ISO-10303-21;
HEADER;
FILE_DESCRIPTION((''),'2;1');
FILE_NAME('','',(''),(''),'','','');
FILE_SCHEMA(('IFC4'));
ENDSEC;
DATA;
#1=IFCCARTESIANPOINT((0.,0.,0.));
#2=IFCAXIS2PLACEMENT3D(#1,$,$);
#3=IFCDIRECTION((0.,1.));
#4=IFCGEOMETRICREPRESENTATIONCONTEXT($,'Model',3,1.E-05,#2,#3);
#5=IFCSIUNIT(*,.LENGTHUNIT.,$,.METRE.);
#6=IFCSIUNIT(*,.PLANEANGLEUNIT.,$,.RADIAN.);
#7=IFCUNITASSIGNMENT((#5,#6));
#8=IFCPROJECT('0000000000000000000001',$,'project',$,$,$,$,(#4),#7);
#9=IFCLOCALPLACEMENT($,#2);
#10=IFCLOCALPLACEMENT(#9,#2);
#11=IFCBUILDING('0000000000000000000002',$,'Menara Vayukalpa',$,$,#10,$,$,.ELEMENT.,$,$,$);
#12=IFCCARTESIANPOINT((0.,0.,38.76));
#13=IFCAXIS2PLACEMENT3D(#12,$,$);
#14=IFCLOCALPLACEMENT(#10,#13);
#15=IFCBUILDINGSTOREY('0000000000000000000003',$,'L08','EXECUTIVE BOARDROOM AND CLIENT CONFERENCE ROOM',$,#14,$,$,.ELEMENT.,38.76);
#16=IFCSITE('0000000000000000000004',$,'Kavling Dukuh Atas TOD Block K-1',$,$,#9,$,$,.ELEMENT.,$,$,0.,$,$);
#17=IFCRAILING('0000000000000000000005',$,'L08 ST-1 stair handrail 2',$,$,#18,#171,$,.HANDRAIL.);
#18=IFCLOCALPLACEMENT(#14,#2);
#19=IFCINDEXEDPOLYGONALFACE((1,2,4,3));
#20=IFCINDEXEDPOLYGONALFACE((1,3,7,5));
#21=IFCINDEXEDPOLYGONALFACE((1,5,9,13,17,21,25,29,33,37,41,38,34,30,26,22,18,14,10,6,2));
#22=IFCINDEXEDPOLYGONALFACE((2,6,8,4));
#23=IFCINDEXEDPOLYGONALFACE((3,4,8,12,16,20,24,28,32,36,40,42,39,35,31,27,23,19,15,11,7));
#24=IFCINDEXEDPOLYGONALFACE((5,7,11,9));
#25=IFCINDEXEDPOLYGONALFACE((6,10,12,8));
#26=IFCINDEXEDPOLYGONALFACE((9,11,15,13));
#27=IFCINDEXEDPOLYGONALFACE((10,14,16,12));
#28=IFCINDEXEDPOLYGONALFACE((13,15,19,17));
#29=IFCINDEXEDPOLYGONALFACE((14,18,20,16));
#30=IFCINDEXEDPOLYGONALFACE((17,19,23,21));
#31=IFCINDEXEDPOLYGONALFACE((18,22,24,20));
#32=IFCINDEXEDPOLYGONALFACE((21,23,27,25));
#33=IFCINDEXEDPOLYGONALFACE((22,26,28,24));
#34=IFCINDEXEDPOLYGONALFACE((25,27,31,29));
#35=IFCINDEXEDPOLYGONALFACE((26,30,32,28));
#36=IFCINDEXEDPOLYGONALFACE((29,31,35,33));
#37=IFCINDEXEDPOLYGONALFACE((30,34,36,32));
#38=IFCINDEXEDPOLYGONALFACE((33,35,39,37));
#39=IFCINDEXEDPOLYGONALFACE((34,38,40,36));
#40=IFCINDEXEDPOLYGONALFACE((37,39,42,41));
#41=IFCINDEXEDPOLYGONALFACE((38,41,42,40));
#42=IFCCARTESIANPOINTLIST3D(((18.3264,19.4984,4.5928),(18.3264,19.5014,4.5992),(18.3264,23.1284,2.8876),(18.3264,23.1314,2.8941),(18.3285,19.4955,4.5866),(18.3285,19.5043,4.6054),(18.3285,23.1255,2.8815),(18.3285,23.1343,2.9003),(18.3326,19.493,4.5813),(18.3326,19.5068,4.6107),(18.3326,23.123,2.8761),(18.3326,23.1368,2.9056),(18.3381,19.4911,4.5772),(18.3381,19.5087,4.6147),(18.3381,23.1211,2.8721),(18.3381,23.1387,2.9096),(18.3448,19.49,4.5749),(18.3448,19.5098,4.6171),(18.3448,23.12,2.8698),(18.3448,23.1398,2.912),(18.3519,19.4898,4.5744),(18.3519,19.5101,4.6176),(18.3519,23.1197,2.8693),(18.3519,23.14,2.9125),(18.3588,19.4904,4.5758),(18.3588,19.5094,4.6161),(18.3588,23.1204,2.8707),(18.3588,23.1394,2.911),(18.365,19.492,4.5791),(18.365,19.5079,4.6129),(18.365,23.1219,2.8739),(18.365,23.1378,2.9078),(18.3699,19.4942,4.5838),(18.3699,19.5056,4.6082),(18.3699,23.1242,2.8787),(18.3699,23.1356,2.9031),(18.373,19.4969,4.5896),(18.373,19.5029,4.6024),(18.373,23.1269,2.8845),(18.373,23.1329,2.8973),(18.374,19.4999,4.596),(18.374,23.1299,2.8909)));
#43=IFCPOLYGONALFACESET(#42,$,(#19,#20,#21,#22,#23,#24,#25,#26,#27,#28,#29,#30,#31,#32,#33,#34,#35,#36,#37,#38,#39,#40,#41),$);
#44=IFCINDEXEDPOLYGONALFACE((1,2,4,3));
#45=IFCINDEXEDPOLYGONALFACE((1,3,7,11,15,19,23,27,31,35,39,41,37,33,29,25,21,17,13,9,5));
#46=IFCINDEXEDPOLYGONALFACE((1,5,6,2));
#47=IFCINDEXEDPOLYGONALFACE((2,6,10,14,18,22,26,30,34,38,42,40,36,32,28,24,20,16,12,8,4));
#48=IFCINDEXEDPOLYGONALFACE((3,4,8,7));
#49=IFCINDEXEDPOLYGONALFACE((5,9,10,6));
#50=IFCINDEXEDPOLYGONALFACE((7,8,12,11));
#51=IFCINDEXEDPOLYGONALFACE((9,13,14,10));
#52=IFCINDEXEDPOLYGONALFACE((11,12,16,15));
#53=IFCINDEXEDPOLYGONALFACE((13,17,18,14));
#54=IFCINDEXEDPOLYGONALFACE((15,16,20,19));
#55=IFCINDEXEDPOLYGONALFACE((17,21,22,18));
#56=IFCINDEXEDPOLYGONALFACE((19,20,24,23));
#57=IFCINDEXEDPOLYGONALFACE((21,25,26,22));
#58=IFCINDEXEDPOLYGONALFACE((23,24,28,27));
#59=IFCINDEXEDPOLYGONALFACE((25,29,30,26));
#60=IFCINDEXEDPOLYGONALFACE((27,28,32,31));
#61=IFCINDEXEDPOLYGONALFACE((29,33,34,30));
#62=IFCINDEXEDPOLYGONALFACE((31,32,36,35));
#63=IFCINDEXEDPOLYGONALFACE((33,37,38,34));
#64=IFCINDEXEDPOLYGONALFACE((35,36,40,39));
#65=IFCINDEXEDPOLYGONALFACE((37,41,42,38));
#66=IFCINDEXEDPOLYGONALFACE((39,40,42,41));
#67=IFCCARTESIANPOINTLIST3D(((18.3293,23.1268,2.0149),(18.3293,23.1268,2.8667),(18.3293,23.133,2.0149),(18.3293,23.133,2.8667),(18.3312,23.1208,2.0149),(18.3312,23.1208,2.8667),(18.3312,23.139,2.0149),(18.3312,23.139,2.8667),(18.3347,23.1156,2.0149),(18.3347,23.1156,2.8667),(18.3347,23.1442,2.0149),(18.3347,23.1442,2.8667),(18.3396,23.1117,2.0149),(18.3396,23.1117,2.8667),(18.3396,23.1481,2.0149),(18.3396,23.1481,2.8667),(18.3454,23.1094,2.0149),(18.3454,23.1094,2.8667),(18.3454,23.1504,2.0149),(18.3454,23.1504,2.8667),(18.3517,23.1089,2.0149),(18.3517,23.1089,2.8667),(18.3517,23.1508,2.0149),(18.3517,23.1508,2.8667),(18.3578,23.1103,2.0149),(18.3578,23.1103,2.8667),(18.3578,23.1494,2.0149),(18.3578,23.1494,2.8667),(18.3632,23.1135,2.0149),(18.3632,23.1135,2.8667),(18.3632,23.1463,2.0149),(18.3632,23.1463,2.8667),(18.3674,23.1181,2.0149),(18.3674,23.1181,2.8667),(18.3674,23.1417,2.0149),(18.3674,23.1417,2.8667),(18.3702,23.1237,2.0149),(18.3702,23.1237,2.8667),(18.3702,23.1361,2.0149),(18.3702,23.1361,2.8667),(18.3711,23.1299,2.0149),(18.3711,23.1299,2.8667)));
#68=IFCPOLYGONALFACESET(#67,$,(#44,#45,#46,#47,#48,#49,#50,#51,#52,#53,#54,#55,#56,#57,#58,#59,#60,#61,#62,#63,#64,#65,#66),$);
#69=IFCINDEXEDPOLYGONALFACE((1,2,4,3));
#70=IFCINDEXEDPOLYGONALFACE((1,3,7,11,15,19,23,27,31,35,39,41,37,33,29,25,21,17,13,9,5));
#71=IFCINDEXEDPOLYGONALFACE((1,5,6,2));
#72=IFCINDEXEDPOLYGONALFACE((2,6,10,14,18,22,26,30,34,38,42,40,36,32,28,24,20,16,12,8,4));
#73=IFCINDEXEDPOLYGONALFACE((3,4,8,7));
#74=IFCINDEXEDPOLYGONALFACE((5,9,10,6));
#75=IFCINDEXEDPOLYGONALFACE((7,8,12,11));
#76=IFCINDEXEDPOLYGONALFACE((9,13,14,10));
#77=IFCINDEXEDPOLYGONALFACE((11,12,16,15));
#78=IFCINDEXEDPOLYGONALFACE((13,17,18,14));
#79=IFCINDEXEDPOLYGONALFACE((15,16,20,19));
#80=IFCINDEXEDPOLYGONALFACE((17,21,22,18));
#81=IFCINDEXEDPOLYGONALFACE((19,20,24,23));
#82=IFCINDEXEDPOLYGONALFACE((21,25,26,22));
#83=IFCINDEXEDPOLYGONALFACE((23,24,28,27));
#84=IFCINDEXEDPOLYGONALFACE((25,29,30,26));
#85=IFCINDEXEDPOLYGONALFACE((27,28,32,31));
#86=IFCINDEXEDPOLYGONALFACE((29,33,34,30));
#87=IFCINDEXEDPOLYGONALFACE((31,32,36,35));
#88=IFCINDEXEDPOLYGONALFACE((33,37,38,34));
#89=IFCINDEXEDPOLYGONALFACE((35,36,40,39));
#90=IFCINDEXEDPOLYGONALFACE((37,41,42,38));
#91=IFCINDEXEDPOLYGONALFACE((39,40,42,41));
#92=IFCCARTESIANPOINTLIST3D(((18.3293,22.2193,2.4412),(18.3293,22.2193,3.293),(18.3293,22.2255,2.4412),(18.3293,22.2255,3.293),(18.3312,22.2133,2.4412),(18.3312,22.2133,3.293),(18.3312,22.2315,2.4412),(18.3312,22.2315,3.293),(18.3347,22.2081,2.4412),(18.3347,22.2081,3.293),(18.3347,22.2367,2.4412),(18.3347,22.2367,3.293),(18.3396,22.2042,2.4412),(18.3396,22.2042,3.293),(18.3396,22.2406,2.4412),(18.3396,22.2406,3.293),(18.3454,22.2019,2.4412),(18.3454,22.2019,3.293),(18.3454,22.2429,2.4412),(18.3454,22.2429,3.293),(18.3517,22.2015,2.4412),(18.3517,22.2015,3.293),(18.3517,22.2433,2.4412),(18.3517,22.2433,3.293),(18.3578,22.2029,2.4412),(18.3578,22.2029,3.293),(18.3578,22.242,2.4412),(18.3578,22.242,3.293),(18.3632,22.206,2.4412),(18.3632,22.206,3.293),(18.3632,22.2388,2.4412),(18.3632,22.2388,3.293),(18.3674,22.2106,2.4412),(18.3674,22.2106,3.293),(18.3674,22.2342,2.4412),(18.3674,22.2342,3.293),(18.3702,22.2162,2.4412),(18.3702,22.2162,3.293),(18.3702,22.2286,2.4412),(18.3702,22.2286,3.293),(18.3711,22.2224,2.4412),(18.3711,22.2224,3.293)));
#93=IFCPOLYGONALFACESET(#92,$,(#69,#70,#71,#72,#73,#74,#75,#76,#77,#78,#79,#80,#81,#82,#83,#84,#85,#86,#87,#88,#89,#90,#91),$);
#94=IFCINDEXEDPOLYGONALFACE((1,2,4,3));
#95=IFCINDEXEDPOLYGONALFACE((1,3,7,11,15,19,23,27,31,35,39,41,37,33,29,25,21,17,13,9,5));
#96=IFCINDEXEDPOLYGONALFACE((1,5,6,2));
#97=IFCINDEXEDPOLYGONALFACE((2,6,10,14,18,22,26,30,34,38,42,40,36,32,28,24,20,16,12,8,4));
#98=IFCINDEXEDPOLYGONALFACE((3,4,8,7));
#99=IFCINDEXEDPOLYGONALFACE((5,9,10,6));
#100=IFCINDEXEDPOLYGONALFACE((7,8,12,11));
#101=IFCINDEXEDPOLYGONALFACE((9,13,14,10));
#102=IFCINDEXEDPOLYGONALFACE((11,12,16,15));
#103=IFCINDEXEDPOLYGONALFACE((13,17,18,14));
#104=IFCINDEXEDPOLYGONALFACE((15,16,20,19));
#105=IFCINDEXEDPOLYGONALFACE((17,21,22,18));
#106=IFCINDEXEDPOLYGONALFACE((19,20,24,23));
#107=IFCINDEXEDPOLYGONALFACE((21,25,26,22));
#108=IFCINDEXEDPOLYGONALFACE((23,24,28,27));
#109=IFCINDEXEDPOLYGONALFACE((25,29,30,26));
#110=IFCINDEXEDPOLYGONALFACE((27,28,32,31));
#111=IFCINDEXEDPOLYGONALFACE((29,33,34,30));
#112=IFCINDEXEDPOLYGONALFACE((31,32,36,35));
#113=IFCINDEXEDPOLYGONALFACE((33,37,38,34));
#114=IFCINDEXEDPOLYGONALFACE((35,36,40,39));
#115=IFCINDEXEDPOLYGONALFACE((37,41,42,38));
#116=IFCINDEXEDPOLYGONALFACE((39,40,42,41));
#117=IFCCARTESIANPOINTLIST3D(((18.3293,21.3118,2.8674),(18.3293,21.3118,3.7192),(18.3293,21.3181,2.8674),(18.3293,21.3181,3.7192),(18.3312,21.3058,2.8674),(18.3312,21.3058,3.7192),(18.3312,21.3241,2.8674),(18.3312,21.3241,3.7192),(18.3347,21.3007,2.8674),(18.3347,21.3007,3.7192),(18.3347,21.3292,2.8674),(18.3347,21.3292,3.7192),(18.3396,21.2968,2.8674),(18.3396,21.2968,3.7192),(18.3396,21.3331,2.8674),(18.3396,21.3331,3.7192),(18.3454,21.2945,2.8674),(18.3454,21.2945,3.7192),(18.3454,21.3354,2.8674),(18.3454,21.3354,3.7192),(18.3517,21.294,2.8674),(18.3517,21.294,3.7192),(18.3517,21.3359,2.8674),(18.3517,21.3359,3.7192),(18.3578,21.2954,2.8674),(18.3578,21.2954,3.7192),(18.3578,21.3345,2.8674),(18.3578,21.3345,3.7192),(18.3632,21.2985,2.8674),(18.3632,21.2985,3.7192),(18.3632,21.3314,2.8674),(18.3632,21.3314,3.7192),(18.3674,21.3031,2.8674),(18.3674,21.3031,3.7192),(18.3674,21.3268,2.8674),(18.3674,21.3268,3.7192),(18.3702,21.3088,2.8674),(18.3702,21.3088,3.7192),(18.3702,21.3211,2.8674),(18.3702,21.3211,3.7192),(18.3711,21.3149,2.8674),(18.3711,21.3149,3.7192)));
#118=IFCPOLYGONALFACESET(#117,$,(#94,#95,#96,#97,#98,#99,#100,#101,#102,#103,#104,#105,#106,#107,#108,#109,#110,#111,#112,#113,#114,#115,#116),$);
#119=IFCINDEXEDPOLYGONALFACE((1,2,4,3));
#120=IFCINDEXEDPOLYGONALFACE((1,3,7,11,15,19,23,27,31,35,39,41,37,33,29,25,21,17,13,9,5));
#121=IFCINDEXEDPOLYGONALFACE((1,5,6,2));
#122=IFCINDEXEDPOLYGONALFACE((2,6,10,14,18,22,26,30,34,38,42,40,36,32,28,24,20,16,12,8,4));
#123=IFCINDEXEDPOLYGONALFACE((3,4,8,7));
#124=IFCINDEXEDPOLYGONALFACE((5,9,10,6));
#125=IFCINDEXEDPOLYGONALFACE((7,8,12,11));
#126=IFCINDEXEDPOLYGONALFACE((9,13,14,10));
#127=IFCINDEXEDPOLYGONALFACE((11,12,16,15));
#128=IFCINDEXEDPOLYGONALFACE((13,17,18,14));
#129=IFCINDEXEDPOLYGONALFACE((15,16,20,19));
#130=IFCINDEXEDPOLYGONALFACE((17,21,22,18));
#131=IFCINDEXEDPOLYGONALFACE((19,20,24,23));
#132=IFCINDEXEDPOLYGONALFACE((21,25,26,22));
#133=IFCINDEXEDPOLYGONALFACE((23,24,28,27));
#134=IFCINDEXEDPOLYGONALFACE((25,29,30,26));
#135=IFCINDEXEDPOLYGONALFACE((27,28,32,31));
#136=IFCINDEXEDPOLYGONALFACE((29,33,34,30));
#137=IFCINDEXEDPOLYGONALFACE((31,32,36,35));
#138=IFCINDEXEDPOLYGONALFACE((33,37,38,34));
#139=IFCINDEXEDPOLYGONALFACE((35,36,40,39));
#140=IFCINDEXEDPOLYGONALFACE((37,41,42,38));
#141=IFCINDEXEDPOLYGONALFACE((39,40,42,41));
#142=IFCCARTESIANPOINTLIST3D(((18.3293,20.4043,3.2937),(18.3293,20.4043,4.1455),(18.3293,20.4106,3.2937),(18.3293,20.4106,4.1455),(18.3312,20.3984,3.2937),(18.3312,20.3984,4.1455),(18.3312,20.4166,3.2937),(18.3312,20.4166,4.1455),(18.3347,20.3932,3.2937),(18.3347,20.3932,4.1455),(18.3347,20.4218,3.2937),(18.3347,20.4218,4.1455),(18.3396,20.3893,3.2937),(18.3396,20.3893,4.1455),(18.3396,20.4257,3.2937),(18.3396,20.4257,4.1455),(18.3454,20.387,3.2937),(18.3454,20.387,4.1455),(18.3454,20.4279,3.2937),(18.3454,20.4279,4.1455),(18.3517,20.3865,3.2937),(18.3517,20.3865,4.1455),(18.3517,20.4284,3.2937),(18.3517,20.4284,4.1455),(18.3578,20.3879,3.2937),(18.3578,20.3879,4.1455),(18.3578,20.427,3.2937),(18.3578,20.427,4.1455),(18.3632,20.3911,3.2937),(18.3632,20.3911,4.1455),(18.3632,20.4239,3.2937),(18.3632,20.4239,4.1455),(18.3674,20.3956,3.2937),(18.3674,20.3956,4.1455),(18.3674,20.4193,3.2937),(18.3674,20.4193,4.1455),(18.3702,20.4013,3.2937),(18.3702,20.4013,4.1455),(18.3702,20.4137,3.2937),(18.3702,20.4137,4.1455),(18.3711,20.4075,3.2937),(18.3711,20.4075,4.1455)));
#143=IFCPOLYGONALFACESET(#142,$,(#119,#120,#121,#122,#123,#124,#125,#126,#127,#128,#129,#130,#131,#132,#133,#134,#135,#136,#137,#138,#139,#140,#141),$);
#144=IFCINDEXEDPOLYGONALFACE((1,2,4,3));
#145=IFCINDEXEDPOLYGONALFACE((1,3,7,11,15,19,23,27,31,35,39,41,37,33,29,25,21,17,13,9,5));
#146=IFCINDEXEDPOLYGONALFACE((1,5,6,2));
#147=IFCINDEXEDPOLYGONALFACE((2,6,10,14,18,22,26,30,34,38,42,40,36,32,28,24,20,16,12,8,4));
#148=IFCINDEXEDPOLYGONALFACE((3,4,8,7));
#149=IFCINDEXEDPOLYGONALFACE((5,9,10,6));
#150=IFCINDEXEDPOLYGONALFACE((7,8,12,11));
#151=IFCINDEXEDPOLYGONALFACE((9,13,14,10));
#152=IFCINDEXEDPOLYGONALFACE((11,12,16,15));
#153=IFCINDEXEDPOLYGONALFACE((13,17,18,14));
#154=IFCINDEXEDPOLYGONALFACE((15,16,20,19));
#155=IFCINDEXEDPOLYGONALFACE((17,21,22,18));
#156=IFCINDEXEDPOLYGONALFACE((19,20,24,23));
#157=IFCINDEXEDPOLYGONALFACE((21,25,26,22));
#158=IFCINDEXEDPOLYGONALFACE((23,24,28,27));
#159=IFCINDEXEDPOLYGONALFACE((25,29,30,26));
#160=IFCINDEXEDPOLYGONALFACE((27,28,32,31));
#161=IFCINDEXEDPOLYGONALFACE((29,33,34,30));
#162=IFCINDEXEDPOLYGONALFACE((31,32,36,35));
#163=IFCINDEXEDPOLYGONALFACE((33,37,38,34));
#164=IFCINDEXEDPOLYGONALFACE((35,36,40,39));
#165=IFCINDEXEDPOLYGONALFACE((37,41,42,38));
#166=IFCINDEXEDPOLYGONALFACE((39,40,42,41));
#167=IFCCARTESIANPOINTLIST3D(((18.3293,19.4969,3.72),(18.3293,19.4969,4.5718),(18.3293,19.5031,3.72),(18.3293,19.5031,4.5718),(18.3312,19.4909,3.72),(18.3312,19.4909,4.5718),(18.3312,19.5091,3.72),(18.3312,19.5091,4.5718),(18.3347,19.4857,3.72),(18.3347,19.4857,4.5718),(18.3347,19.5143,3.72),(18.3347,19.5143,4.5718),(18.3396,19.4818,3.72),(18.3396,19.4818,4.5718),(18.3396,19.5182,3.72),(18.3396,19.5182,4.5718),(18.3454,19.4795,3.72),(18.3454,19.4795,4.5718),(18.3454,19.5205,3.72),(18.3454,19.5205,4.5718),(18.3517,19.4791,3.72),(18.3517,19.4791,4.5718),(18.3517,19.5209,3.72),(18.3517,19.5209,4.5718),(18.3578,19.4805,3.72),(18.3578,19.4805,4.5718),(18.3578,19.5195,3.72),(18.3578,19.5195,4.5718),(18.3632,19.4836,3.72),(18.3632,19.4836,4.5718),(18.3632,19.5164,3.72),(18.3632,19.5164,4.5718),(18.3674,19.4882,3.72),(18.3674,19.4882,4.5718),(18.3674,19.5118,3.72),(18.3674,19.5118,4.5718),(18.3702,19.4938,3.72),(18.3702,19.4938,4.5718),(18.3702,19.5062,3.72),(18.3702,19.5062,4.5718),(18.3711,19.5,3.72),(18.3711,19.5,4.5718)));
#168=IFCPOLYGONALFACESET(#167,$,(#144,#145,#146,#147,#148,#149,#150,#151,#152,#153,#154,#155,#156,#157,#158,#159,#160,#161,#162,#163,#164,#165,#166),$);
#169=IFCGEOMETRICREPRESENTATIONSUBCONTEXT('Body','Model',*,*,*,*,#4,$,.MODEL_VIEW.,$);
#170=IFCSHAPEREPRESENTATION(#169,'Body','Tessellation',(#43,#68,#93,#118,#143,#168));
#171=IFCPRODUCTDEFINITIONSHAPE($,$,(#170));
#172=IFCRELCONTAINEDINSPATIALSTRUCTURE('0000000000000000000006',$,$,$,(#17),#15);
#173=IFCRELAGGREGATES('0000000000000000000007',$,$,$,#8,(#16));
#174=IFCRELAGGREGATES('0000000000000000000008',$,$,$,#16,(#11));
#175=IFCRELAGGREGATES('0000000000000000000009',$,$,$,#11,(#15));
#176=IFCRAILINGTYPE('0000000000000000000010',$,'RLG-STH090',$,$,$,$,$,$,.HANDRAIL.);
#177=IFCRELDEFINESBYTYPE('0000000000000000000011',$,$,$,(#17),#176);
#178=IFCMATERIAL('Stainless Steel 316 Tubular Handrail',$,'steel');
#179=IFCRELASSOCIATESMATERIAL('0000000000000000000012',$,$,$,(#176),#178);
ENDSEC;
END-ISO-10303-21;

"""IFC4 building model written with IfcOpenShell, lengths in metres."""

from ifc_helpers import new_model, si_unit, direction, frame, origin, origin_2d, place, context, subcontext, project, spatial, circle, extrude, material, type_object, element, save


model = new_model("IFC4")

# Units and contexts
model_context = context("Model", 3, precision=1e-05, world=origin(), true_north=direction((0.0, 1.0)))
body_context = subcontext(model_context, "Body", "Model", "MODEL_VIEW")
ifc_project = project(units=[si_unit("LENGTHUNIT", "METRE"), si_unit("PLANEANGLEUNIT", "RADIAN")], contexts=[model_context])

# Site, building, storey
site_placement = place(None, origin())
site = spatial("IfcSite", under=ifc_project, at=site_placement, Name="Kavling Dukuh Atas TOD Block K-1", CompositionType="ELEMENT", RefElevation=0.0)
building_placement = place(site_placement, origin())
building = spatial("IfcBuilding", under=site, at=building_placement, Name="Menara Vayukalpa", CompositionType="ELEMENT")
storey_placement = place(building_placement, frame((0.0, 0.0, 38.76)))
storey = spatial("IfcBuildingStorey", under=building, at=storey_placement, Name="L08", Description="EXECUTIVE BOARDROOM AND CLIENT CONFERENCE ROOM", CompositionType="ELEMENT", Elevation=38.76)

# Railing
ifc_material_1 = material(Name="Stainless Steel 316 Tubular Handrail", Category="steel")
railing_type_1 = type_object("IfcRailingType", Name="RLG-STH090", PredefinedType="HANDRAIL", material=ifc_material_1)
railing_1_placement = place(storey_placement, frame((18.3501, 23.1299, 2.0149)))
element("IfcRailing", 1, at=railing_1_placement, inside=storey, type_object=railing_type_1, Name="L08 ST-1 stair handrail 2", PredefinedType="HANDRAIL", context=body_context, shape_type="SweptSolid", body=[
    extrude(circle(Radius=0.0239, at=origin_2d()), frame((0.0, 0.0, 0.876), z_axis=(0.0, -0.905116, 0.425164), x_axis=(1.0, 0.0, 0.0)), (0.0, 0.0, 1.0), 4.0105),
    extrude(circle(Radius=0.021, at=origin_2d()), origin(), (0.0, 0.0, 1.0), 0.8518),
    extrude(circle(Radius=0.021, at=origin_2d()), frame((0.0, -0.9075, 0.4263)), (0.0, 0.0, 1.0), 0.8518),
    extrude(circle(Radius=0.021, at=origin_2d()), frame((0.0, -1.8149, 0.8525)), (0.0, 0.0, 1.0), 0.8518),
    extrude(circle(Radius=0.021, at=origin_2d()), frame((0.0, -2.7224, 1.2788)), (0.0, 0.0, 1.0), 0.8518),
    extrude(circle(Radius=0.021, at=origin_2d()), frame((0.0, -3.6299, 1.7051)), (0.0, 0.0, 1.0), 0.8518),
])

save(model, "model.ifc")
